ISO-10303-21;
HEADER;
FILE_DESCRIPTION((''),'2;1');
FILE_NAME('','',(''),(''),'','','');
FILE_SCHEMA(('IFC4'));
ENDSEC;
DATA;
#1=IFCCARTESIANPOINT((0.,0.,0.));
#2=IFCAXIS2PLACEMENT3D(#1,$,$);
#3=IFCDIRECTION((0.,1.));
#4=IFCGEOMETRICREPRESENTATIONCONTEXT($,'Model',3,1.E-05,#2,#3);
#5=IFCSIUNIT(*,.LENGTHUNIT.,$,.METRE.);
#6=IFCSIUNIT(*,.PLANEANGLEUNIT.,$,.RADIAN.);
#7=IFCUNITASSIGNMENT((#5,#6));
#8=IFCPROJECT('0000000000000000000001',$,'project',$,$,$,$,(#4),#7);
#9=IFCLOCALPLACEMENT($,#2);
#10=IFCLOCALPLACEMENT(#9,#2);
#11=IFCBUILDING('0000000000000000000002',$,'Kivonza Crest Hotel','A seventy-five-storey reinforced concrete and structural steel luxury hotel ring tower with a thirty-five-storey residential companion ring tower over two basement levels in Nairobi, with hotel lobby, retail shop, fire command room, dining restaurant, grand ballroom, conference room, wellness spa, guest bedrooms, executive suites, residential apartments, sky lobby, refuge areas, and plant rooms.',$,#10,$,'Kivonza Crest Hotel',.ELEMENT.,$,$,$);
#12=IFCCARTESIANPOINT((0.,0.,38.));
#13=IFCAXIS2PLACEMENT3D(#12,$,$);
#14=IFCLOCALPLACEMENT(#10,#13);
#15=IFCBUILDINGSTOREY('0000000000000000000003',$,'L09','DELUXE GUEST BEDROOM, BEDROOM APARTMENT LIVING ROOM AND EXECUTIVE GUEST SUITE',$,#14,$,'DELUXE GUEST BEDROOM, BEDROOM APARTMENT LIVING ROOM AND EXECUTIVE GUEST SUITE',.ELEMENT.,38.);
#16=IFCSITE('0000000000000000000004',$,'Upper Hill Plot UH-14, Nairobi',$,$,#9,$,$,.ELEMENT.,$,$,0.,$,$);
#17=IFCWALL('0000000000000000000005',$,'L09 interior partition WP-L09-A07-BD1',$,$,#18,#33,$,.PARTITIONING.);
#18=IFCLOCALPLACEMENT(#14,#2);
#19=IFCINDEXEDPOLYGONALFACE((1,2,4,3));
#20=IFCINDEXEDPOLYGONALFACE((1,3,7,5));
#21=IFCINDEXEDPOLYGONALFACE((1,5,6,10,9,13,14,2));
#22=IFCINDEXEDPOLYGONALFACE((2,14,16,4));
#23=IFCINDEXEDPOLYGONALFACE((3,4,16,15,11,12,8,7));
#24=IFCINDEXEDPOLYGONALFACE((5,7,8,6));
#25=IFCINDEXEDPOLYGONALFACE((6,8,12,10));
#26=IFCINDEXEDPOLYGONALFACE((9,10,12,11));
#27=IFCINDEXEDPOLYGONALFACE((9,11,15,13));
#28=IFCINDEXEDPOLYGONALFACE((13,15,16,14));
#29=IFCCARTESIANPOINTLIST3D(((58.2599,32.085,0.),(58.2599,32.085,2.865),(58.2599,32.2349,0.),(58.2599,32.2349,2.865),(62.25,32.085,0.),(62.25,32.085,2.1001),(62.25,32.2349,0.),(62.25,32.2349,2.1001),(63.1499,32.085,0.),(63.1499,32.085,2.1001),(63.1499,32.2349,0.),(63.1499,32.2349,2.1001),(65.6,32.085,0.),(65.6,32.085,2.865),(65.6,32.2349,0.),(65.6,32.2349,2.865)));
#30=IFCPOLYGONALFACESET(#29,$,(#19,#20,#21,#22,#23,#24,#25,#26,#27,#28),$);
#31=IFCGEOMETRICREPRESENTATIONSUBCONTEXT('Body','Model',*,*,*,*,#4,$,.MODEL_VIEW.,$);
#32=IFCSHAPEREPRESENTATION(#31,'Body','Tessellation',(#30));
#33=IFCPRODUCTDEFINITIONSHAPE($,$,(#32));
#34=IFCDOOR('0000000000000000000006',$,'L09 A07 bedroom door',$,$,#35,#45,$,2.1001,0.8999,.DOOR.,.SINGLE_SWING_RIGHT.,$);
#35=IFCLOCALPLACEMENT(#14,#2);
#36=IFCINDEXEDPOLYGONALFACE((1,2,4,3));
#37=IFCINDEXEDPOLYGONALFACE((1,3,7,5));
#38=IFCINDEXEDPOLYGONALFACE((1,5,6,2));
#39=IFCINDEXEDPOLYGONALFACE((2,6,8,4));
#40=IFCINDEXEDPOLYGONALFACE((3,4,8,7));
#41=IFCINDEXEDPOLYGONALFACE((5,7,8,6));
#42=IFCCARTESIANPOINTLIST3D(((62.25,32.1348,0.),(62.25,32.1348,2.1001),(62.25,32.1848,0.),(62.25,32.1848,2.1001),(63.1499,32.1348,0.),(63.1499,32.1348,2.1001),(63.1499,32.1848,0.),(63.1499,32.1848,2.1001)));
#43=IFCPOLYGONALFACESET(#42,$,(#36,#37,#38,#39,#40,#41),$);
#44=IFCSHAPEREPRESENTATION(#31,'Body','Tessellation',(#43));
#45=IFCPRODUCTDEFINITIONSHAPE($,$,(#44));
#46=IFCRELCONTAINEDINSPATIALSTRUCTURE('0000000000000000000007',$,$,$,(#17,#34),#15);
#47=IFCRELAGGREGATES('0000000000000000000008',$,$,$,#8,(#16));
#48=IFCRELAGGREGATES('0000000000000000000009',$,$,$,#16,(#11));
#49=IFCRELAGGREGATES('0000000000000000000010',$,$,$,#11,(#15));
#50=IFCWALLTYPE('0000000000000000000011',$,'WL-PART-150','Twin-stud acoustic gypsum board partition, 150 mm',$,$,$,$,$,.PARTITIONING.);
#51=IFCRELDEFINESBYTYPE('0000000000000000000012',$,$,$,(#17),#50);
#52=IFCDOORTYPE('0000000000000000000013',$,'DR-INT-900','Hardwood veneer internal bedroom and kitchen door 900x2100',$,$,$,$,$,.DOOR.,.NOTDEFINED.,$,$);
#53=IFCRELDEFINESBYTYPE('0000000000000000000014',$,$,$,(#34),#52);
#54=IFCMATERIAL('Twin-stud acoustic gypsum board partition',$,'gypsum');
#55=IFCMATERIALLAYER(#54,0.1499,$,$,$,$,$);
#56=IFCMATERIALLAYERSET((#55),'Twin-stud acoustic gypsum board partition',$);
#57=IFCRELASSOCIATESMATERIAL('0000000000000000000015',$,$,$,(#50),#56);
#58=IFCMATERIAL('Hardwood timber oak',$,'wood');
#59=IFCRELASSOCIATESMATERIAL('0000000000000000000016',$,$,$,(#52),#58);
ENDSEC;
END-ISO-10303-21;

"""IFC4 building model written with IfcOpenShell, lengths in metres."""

from ifc_helpers import new_model, si_unit, direction, frame, frame_2d, origin, place, context, subcontext, project, spatial, rectangle, extrude, material, layer, layer_set, type_object, element, fill, save


model = new_model("IFC4")

# Units and contexts
model_context = context("Model", 3, precision=1e-05, world=origin(), true_north=direction((0.0, 1.0)))
body_context = subcontext(model_context, "Body", "Model", "MODEL_VIEW")
ifc_project = project(units=[si_unit("LENGTHUNIT", "METRE"), si_unit("PLANEANGLEUNIT", "RADIAN")], contexts=[model_context])

# Site, building, storey
site_placement = place(None, origin())
site = spatial("IfcSite", under=ifc_project, at=site_placement, Name="Upper Hill Plot UH-14, Nairobi", CompositionType="ELEMENT", RefElevation=0.0)
building_placement = place(site_placement, origin())
building = spatial("IfcBuilding", under=site, at=building_placement, Name="Kivonza Crest Hotel", Description="A seventy-five-storey reinforced concrete and structural steel luxury hotel ring tower with a thirty-five-storey residential companion ring tower over two basement levels in Nairobi, with hotel lobby, retail shop, fire command room, dining restaurant, grand ballroom, conference room, wellness spa, guest bedrooms, executive suites, residential apartments, sky lobby, refuge areas, and plant rooms.", LongName="Kivonza Crest Hotel", CompositionType="ELEMENT")
storey_placement = place(building_placement, frame((0.0, 0.0, 38.0)))
storey = spatial("IfcBuildingStorey", under=building, at=storey_placement, Name="L09", Description="DELUXE GUEST BEDROOM, BEDROOM APARTMENT LIVING ROOM AND EXECUTIVE GUEST SUITE", LongName="DELUXE GUEST BEDROOM, BEDROOM APARTMENT LIVING ROOM AND EXECUTIVE GUEST SUITE", CompositionType="ELEMENT", Elevation=38.0)

# Wall, opening, door
ifc_material_1 = material(Name="Twin-stud acoustic gypsum board partition", Category="gypsum")
ifc_layer_1 = layer(ifc_material_1, 0.1499)
ifc_layer_set_1 = layer_set([ifc_layer_1], Name="Twin-stud acoustic gypsum board partition")
wall_type_1 = type_object("IfcWallType", Name="WL-PART-150", Description="Twin-stud acoustic gypsum board partition, 150 mm", PredefinedType="PARTITIONING", material=ifc_layer_set_1)
wall_1_placement = place(storey_placement, frame((58.26, 32.1599, 0.0), z_axis=(0.0, 0.0, 1.0), x_axis=(1.0, 0.0, 0.0)))
wall_1 = element("IfcWall", 1, at=wall_1_placement, inside=storey, type_object=wall_type_1, Name="L09 interior partition WP-L09-A07-BD1", PredefinedType="PARTITIONING", context=body_context, shape_type="SweptSolid", body=[
    extrude(rectangle(XDim=7.3401, YDim=0.1499, at=frame_2d((3.6699, 0.0))), origin(), (0.0, 0.0, 1.0), 2.865),
])
opening_1_placement = place(wall_1_placement, frame((3.99, 0.0, 0.0)))
opening_1 = element("IfcOpeningElement", 2, at=opening_1_placement, cuts=wall_1, PredefinedType="OPENING", context=body_context, shape_type="SweptSolid", body=[
    extrude(rectangle(XDim=0.8999, YDim=2.1001, at=frame_2d((0.45, 1.05))), frame((0.0, 0.085, 0.0), z_axis=(0.0, -1.0, 0.0), x_axis=(1.0, 0.0, 0.0)), (0.0, 0.0, 1.0), 0.1699),
])
ifc_material_2 = material(Name="Hardwood timber oak", Category="wood")
door_type = type_object("IfcDoorType", Name="DR-INT-900", Description="Hardwood veneer internal bedroom and kitchen door 900x2100", OperationType="NOTDEFINED", PredefinedType="DOOR", material=ifc_material_2)
door_placement = place(opening_1_placement, origin())
door = element("IfcDoor", 3, at=door_placement, inside=storey, type_object=door_type, Name="L09 A07 bedroom door", OperationType="SINGLE_SWING_RIGHT", OverallHeight=2.1001, OverallWidth=0.8999, PredefinedType="DOOR", context=body_context, shape_type="SweptSolid", body=[
    extrude(rectangle(XDim=0.8999, YDim=2.1001, at=frame_2d((0.45, 1.05))), frame((0.0, 0.0249, 0.0), z_axis=(0.0, -1.0, 0.0), x_axis=(1.0, 0.0, 0.0)), (0.0, 0.0, 1.0), 0.05),
])
fill(opening_1, door)

save(model, "model.ifc")
